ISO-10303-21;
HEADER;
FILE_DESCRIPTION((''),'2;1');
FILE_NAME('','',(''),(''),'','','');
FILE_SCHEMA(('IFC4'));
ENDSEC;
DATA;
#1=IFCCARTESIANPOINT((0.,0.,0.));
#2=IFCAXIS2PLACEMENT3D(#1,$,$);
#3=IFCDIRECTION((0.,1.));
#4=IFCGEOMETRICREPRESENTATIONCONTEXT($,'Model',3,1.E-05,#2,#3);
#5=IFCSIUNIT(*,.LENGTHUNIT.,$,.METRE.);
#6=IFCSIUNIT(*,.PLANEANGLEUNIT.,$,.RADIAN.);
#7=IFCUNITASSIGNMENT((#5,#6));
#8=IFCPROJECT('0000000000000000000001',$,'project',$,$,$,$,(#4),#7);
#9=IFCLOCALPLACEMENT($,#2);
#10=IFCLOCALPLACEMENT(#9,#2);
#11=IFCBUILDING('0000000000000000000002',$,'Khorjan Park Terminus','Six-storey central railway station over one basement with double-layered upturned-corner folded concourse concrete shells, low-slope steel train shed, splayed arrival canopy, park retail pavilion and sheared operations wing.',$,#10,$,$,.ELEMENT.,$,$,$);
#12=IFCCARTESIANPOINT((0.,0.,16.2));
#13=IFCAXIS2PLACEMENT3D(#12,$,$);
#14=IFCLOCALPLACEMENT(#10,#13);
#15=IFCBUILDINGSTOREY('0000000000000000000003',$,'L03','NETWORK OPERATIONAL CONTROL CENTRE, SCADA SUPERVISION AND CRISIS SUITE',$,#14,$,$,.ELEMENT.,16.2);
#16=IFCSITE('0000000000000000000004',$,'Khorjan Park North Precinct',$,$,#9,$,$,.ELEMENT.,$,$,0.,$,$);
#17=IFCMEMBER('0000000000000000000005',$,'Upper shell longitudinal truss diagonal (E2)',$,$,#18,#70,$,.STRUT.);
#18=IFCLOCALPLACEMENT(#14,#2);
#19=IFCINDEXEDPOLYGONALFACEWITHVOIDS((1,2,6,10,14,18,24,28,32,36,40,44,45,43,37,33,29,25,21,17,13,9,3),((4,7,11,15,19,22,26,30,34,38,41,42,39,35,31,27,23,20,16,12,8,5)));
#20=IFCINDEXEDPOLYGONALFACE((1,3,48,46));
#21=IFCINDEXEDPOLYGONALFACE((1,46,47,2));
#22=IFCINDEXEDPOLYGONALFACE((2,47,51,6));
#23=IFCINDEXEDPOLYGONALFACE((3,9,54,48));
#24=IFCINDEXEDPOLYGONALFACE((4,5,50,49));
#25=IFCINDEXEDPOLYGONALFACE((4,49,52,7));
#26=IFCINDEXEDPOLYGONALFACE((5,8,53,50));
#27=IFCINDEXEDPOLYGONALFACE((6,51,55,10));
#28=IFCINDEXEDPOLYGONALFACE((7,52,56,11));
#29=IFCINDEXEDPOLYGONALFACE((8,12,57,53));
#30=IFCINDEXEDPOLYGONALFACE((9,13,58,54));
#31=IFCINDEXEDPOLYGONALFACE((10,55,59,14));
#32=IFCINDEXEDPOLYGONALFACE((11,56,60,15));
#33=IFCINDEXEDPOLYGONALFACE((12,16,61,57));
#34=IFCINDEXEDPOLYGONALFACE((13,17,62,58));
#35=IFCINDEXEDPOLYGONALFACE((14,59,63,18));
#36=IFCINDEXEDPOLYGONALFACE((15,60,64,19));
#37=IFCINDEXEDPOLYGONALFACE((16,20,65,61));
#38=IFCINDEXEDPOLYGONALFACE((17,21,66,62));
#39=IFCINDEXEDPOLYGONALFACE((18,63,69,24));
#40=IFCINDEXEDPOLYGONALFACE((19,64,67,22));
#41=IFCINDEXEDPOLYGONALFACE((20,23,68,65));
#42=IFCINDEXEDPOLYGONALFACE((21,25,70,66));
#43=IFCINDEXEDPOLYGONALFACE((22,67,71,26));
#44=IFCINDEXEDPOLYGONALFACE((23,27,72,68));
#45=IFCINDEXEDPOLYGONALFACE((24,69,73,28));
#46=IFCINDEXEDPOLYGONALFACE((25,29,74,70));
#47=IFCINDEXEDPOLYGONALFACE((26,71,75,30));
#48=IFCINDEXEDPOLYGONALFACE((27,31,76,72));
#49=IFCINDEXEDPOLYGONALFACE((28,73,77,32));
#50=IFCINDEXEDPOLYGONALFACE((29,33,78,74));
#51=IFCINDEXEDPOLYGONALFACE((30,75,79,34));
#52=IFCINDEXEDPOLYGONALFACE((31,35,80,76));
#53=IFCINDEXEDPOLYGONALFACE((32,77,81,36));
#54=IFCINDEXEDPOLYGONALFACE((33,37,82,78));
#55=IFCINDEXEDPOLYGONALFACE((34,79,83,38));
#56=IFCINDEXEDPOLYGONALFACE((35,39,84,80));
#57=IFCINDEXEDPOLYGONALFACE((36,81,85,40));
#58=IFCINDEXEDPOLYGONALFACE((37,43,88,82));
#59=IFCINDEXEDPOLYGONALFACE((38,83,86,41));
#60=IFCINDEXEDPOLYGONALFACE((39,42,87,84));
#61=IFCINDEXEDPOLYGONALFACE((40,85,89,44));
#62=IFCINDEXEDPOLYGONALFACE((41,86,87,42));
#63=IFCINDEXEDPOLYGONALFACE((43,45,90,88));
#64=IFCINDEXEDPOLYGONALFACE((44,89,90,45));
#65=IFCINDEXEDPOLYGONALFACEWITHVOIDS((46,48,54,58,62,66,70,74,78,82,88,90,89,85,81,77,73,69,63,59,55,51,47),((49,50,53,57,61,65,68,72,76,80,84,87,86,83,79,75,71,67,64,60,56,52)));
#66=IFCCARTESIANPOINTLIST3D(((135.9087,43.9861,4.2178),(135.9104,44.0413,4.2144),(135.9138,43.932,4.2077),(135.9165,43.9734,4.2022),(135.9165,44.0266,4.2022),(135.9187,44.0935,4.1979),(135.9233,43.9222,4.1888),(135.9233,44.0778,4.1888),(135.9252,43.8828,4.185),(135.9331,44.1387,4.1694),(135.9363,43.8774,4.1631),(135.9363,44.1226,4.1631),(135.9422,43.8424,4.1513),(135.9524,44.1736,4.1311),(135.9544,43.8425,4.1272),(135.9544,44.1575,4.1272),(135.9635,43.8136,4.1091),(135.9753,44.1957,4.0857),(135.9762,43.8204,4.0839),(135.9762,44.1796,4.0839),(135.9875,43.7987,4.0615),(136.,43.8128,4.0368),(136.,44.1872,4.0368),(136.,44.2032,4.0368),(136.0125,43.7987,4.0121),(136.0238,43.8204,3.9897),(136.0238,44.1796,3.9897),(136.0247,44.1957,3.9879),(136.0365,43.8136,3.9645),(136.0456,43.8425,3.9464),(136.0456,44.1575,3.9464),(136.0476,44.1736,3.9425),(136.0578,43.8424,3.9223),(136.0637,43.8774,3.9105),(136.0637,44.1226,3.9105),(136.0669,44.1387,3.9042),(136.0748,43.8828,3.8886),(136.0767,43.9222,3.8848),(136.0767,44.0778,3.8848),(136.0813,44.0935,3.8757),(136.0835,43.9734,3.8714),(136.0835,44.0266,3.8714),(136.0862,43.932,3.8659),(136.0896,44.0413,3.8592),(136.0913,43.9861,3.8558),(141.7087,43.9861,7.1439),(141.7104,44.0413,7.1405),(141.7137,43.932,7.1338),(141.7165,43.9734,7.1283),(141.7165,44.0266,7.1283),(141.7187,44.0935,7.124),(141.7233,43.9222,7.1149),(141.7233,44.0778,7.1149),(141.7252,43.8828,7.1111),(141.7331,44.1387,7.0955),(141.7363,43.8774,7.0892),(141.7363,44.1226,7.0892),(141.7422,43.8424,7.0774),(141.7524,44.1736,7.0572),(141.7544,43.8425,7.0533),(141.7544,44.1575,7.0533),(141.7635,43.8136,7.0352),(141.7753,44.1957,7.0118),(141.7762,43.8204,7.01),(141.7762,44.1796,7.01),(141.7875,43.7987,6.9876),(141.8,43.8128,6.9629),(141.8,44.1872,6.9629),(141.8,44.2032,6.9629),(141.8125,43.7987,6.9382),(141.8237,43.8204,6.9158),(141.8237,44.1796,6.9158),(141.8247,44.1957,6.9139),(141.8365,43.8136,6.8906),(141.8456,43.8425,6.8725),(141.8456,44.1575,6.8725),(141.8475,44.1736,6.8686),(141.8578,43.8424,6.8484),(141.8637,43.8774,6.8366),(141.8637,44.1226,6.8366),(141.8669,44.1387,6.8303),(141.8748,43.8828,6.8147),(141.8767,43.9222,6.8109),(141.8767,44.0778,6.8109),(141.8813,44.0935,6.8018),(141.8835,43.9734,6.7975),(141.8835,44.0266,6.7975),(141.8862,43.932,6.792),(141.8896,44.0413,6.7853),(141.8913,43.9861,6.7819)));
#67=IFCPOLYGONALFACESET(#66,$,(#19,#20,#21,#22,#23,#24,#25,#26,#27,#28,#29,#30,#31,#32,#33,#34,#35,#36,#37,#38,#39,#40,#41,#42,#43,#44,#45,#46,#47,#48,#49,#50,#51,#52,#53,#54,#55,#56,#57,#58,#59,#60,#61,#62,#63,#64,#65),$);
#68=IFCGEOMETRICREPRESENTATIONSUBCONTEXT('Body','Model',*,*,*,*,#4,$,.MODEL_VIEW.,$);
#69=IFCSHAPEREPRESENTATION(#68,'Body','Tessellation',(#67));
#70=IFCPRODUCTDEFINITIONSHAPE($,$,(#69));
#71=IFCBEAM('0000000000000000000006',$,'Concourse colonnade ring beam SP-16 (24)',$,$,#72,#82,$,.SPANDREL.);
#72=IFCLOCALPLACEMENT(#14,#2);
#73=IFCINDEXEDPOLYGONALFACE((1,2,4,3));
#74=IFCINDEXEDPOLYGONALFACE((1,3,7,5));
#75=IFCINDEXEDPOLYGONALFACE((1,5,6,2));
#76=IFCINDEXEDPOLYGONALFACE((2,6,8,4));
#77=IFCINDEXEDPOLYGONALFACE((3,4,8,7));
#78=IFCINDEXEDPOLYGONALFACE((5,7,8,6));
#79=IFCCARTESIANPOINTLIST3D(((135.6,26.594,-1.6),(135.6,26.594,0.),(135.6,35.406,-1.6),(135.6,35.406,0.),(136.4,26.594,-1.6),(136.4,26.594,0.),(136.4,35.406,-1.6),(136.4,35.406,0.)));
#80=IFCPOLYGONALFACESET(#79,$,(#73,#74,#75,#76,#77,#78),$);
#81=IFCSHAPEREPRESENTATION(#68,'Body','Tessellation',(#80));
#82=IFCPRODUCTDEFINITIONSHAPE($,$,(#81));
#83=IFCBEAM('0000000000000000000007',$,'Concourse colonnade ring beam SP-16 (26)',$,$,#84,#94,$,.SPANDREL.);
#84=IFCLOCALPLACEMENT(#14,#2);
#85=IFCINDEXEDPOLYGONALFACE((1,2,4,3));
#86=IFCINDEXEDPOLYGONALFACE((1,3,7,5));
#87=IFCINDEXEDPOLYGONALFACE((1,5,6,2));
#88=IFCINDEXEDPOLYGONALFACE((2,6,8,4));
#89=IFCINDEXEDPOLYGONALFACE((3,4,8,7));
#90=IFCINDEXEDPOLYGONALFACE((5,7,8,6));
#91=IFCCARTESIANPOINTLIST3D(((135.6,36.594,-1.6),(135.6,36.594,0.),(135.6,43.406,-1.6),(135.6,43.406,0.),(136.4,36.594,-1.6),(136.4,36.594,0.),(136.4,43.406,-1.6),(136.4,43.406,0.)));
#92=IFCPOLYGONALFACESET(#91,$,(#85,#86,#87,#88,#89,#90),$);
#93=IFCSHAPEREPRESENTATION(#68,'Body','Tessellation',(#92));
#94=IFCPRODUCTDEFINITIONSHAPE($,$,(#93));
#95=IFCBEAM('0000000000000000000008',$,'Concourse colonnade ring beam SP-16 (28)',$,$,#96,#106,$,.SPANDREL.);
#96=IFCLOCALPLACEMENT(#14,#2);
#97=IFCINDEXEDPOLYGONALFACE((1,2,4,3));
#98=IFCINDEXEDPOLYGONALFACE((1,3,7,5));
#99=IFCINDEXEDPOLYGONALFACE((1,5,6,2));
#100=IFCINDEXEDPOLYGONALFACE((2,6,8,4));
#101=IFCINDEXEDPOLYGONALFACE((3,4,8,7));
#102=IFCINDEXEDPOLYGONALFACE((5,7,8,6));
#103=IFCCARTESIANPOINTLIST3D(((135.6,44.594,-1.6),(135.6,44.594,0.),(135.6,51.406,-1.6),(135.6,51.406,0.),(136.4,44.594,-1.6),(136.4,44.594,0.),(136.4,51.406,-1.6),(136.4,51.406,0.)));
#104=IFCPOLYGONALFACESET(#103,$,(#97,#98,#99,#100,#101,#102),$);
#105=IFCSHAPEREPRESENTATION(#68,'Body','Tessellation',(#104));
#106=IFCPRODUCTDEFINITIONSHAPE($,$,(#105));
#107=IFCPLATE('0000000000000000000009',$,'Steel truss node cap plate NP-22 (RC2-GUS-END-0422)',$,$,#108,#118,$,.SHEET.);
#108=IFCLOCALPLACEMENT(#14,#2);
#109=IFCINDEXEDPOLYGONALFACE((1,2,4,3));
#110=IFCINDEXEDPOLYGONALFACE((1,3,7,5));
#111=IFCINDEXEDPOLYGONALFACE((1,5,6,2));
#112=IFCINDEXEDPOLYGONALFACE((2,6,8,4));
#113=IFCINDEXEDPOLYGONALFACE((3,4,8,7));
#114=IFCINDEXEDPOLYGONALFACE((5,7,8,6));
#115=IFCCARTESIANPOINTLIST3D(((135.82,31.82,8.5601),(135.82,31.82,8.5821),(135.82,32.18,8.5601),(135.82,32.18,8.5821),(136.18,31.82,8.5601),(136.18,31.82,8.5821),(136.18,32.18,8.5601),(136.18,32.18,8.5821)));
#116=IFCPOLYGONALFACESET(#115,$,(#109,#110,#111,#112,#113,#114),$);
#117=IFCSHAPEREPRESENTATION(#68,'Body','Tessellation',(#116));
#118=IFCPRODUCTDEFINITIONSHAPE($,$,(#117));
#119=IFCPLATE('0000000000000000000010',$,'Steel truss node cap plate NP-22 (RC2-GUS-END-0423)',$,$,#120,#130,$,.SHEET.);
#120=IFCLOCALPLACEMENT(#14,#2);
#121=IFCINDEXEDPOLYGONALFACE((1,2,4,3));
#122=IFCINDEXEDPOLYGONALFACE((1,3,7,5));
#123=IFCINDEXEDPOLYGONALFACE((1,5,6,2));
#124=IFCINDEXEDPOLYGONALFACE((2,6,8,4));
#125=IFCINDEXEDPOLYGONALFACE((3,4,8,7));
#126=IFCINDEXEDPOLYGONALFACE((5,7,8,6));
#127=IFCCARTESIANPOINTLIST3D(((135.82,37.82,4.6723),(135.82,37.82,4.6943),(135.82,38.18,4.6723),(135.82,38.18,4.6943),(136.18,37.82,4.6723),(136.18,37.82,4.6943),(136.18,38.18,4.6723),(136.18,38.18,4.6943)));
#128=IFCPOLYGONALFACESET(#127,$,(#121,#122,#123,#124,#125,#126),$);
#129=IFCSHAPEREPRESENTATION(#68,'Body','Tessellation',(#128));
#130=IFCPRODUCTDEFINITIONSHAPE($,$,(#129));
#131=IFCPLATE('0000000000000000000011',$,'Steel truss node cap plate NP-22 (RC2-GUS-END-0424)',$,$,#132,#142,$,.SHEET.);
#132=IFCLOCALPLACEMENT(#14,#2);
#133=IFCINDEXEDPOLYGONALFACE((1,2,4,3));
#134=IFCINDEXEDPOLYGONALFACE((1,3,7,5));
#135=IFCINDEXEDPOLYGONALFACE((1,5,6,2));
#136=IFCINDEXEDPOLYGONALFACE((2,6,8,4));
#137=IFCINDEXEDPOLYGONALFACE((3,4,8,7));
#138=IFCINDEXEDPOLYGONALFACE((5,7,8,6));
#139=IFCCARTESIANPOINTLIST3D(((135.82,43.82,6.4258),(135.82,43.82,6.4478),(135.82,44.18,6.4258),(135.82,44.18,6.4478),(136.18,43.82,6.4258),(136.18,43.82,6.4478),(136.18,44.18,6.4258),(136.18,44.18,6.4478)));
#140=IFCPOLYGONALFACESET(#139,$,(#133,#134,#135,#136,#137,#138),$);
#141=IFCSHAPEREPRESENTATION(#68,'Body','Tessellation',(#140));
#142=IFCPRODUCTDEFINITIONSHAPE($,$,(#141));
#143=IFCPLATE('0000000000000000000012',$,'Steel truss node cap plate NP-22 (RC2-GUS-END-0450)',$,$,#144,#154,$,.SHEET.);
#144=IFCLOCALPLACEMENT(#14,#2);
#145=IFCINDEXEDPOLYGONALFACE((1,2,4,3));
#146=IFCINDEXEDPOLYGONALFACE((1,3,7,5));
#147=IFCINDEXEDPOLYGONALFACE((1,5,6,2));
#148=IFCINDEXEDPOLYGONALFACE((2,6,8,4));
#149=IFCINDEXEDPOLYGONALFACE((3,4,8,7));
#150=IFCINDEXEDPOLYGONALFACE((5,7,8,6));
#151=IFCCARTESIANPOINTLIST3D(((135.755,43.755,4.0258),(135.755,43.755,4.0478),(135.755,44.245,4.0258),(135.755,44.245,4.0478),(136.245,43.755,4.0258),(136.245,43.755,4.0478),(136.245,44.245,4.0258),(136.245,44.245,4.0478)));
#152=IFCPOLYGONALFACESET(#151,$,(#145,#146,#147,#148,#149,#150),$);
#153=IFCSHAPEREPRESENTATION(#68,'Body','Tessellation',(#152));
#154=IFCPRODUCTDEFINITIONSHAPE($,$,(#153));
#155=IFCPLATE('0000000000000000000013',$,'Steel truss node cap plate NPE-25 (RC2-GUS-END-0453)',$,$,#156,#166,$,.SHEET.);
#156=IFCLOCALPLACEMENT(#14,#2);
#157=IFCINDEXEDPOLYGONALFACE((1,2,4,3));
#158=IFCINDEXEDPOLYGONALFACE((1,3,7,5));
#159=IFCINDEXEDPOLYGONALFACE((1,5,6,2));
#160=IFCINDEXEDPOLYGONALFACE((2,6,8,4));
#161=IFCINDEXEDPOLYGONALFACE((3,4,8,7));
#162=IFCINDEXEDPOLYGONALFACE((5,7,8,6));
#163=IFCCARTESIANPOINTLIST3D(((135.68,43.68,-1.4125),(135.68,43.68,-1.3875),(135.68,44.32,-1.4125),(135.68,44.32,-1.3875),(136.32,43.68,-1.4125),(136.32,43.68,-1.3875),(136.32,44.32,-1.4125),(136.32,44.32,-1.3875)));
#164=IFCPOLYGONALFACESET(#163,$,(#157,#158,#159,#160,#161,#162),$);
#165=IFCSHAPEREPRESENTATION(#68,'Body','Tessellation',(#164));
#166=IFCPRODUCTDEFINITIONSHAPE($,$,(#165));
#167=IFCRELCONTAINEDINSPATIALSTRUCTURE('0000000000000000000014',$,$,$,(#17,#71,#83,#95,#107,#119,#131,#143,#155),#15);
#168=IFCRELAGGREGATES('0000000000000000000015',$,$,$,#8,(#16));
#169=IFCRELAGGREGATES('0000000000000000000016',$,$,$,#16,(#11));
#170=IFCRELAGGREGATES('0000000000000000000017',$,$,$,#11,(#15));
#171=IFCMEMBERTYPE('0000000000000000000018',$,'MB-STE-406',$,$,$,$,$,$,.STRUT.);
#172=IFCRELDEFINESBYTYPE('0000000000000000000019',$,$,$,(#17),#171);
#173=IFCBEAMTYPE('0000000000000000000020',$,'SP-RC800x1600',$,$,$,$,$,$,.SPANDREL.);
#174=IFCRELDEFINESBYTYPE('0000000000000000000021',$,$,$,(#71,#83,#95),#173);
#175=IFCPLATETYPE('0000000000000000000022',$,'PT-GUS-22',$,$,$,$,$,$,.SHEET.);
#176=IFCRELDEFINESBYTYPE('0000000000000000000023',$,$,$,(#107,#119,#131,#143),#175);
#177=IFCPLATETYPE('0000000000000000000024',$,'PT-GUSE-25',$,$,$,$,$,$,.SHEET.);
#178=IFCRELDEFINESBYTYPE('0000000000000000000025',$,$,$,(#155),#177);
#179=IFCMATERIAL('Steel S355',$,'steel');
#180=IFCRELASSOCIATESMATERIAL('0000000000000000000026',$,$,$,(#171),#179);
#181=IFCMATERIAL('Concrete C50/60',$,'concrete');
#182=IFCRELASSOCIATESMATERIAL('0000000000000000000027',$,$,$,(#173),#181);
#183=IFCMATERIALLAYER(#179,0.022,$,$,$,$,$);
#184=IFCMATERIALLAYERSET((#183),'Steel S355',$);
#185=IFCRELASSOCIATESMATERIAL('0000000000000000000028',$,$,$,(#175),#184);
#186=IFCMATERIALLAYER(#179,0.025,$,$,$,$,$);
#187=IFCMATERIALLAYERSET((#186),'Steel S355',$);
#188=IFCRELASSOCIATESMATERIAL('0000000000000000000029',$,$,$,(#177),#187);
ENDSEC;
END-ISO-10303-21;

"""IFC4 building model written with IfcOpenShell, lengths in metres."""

from ifc_helpers import new_model, si_unit, direction, frame, origin, origin_2d, place, context, subcontext, project, spatial, rectangle, hollow_circle, extrude, material, layer, layer_set, material_profile, profile_set, type_object, element, save


model = new_model("IFC4")

# Units and contexts
model_context = context("Model", 3, precision=1e-05, world=origin(), true_north=direction((0.0, 1.0)))
body_context = subcontext(model_context, "Body", "Model", "MODEL_VIEW")
ifc_project = project(units=[si_unit("LENGTHUNIT", "METRE"), si_unit("PLANEANGLEUNIT", "RADIAN")], contexts=[model_context])

# Site, building, storey
site_placement = place(None, origin())
site = spatial("IfcSite", under=ifc_project, at=site_placement, Name="Khorjan Park North Precinct", CompositionType="ELEMENT", RefElevation=0.0)
building_placement = place(site_placement, origin())
building = spatial("IfcBuilding", under=site, at=building_placement, Name="Khorjan Park Terminus", Description="Six-storey central railway station over one basement with double-layered upturned-corner folded concourse concrete shells, low-slope steel train shed, splayed arrival canopy, park retail pavilion and sheared operations wing.", CompositionType="ELEMENT")
storey_placement = place(building_placement, frame((0.0, 0.0, 16.2)))
storey = spatial("IfcBuildingStorey", under=building, at=storey_placement, Name="L03", Description="NETWORK OPERATIONAL CONTROL CENTRE, SCADA SUPERVISION AND CRISIS SUITE", CompositionType="ELEMENT", Elevation=16.2)

# Shared definitions
ifc_material_1 = material(Name="Concrete C50/60", Category="concrete")

# Member
ifc_material_2 = material(Name="Steel S355", Category="steel")
ifc_material_profile_1 = material_profile(ifc_material_2, hollow_circle(Radius=0.2032, WallThickness=0.016, at=origin_2d()), Name="CHS 406.4x16")
ifc_profile_set_1 = profile_set([ifc_material_profile_1], Name="Steel S355")
member_type_1 = type_object("IfcMemberType", Name="MB-STE-406", PredefinedType="STRUT", material=ifc_profile_set_1)
member_1_placement = place(storey_placement, frame((136.0, 44.0, 4.0368), z_axis=(0.892814, 0.0, 0.450425), x_axis=(0.0, 1.0, 0.0)))
element("IfcMember", 1, at=member_1_placement, inside=storey, type_object=member_type_1, Name="Upper shell longitudinal truss diagonal (E2)", PredefinedType="STRUT", context=body_context, shape_type="SweptSolid", body=[
    extrude(hollow_circle(Radius=0.2032, WallThickness=0.016, at=origin_2d()), origin(), (0.0, 0.0, 1.0), 6.4963),
])

# Beams
ifc_material_profile_2 = material_profile(ifc_material_1, rectangle(XDim=0.8, YDim=1.6, at=origin_2d()), Name="RC 800x1600")
ifc_profile_set_2 = profile_set([ifc_material_profile_2], Name="Concrete C50/60")
beam_type = type_object("IfcBeamType", Name="SP-RC800x1600", PredefinedType="SPANDREL", material=ifc_profile_set_2)
beam_placement = place(storey_placement, frame((136.0, 26.594, -0.8), z_axis=(0.0, 1.0, 0.0), x_axis=(-1.0, 0.0, 0.0)))
element("IfcBeam", 2, at=beam_placement, inside=storey, type_object=beam_type, Name="Concourse colonnade ring beam SP-16 (24)", PredefinedType="SPANDREL", context=body_context, shape_type="SweptSolid", body=[
    extrude(rectangle(XDim=0.8, YDim=1.6, at=origin_2d()), origin(), (0.0, 0.0, 1.0), 8.812),
])
for number, where, z_axis, x_axis, name in (
    (3, (136.0, 36.594, -0.8), (0.0, 1.0, 0.0), (-1.0, 0.0, 0.0), "Concourse colonnade ring beam SP-16 (26)"),
    (4, (136.0, 44.594, -0.8), (0.0, 1.0, 0.0), (-1.0, 0.0, 0.0), "Concourse colonnade ring beam SP-16 (28)"),
):
    element("IfcBeam", number, at=place(storey_placement, frame(where, z_axis=z_axis, x_axis=x_axis)), inside=storey, type_object=beam_type, Name=name, PredefinedType="SPANDREL", context=body_context, shape_type="SweptSolid", body=[
        extrude(rectangle(XDim=0.8, YDim=1.6, at=origin_2d()), origin(), (0.0, 0.0, 1.0), 6.812),
    ])

# Plates
ifc_layer_1 = layer(ifc_material_2, 0.022)
ifc_layer_set_1 = layer_set([ifc_layer_1], Name="Steel S355")
plate_type_1 = type_object("IfcPlateType", Name="PT-GUS-22", PredefinedType="SHEET", material=ifc_layer_set_1)
for number, where, z_axis, x_axis, name in (
    (5, (136.0, 32.0, 8.5601), (0.0, 0.0, 1.0), (1.0, 0.0, 0.0), "Steel truss node cap plate NP-22 (RC2-GUS-END-0422)"),
    (6, (136.0, 38.0, 4.6723), (0.0, 0.0, 1.0), (1.0, 0.0, 0.0), "Steel truss node cap plate NP-22 (RC2-GUS-END-0423)"),
    (7, (136.0, 44.0, 6.4258), (0.0, 0.0, 1.0), (1.0, 0.0, 0.0), "Steel truss node cap plate NP-22 (RC2-GUS-END-0424)"),
):
    element("IfcPlate", number, at=place(storey_placement, frame(where, z_axis=z_axis, x_axis=x_axis)), inside=storey, type_object=plate_type_1, Name=name, PredefinedType="SHEET", context=body_context, shape_type="SweptSolid", body=[
        extrude(rectangle(XDim=0.36, YDim=0.36, at=origin_2d()), origin(), (0.0, 0.0, 1.0), 0.022),
    ])
plate_1_placement = place(storey_placement, frame((136.0, 44.0, 4.0258), z_axis=(0.0, 0.0, 1.0), x_axis=(1.0, 0.0, 0.0)))
element("IfcPlate", 8, at=plate_1_placement, inside=storey, type_object=plate_type_1, Name="Steel truss node cap plate NP-22 (RC2-GUS-END-0450)", PredefinedType="SHEET", context=body_context, shape_type="SweptSolid", body=[
    extrude(rectangle(XDim=0.49, YDim=0.49, at=origin_2d()), origin(), (0.0, 0.0, 1.0), 0.022),
])
ifc_layer_2 = layer(ifc_material_2, 0.025)
ifc_layer_set_2 = layer_set([ifc_layer_2], Name="Steel S355")
plate_type_2 = type_object("IfcPlateType", Name="PT-GUSE-25", PredefinedType="SHEET", material=ifc_layer_set_2)
plate_2_placement = place(storey_placement, frame((136.0, 44.0, -1.4125), z_axis=(0.0, 0.0, 1.0), x_axis=(1.0, 0.0, 0.0)))
element("IfcPlate", 9, at=plate_2_placement, inside=storey, type_object=plate_type_2, Name="Steel truss node cap plate NPE-25 (RC2-GUS-END-0453)", PredefinedType="SHEET", context=body_context, shape_type="SweptSolid", body=[
    extrude(rectangle(XDim=0.64, YDim=0.64, at=origin_2d()), origin(), (0.0, 0.0, 1.0), 0.025),
])

save(model, "model.ifc")
